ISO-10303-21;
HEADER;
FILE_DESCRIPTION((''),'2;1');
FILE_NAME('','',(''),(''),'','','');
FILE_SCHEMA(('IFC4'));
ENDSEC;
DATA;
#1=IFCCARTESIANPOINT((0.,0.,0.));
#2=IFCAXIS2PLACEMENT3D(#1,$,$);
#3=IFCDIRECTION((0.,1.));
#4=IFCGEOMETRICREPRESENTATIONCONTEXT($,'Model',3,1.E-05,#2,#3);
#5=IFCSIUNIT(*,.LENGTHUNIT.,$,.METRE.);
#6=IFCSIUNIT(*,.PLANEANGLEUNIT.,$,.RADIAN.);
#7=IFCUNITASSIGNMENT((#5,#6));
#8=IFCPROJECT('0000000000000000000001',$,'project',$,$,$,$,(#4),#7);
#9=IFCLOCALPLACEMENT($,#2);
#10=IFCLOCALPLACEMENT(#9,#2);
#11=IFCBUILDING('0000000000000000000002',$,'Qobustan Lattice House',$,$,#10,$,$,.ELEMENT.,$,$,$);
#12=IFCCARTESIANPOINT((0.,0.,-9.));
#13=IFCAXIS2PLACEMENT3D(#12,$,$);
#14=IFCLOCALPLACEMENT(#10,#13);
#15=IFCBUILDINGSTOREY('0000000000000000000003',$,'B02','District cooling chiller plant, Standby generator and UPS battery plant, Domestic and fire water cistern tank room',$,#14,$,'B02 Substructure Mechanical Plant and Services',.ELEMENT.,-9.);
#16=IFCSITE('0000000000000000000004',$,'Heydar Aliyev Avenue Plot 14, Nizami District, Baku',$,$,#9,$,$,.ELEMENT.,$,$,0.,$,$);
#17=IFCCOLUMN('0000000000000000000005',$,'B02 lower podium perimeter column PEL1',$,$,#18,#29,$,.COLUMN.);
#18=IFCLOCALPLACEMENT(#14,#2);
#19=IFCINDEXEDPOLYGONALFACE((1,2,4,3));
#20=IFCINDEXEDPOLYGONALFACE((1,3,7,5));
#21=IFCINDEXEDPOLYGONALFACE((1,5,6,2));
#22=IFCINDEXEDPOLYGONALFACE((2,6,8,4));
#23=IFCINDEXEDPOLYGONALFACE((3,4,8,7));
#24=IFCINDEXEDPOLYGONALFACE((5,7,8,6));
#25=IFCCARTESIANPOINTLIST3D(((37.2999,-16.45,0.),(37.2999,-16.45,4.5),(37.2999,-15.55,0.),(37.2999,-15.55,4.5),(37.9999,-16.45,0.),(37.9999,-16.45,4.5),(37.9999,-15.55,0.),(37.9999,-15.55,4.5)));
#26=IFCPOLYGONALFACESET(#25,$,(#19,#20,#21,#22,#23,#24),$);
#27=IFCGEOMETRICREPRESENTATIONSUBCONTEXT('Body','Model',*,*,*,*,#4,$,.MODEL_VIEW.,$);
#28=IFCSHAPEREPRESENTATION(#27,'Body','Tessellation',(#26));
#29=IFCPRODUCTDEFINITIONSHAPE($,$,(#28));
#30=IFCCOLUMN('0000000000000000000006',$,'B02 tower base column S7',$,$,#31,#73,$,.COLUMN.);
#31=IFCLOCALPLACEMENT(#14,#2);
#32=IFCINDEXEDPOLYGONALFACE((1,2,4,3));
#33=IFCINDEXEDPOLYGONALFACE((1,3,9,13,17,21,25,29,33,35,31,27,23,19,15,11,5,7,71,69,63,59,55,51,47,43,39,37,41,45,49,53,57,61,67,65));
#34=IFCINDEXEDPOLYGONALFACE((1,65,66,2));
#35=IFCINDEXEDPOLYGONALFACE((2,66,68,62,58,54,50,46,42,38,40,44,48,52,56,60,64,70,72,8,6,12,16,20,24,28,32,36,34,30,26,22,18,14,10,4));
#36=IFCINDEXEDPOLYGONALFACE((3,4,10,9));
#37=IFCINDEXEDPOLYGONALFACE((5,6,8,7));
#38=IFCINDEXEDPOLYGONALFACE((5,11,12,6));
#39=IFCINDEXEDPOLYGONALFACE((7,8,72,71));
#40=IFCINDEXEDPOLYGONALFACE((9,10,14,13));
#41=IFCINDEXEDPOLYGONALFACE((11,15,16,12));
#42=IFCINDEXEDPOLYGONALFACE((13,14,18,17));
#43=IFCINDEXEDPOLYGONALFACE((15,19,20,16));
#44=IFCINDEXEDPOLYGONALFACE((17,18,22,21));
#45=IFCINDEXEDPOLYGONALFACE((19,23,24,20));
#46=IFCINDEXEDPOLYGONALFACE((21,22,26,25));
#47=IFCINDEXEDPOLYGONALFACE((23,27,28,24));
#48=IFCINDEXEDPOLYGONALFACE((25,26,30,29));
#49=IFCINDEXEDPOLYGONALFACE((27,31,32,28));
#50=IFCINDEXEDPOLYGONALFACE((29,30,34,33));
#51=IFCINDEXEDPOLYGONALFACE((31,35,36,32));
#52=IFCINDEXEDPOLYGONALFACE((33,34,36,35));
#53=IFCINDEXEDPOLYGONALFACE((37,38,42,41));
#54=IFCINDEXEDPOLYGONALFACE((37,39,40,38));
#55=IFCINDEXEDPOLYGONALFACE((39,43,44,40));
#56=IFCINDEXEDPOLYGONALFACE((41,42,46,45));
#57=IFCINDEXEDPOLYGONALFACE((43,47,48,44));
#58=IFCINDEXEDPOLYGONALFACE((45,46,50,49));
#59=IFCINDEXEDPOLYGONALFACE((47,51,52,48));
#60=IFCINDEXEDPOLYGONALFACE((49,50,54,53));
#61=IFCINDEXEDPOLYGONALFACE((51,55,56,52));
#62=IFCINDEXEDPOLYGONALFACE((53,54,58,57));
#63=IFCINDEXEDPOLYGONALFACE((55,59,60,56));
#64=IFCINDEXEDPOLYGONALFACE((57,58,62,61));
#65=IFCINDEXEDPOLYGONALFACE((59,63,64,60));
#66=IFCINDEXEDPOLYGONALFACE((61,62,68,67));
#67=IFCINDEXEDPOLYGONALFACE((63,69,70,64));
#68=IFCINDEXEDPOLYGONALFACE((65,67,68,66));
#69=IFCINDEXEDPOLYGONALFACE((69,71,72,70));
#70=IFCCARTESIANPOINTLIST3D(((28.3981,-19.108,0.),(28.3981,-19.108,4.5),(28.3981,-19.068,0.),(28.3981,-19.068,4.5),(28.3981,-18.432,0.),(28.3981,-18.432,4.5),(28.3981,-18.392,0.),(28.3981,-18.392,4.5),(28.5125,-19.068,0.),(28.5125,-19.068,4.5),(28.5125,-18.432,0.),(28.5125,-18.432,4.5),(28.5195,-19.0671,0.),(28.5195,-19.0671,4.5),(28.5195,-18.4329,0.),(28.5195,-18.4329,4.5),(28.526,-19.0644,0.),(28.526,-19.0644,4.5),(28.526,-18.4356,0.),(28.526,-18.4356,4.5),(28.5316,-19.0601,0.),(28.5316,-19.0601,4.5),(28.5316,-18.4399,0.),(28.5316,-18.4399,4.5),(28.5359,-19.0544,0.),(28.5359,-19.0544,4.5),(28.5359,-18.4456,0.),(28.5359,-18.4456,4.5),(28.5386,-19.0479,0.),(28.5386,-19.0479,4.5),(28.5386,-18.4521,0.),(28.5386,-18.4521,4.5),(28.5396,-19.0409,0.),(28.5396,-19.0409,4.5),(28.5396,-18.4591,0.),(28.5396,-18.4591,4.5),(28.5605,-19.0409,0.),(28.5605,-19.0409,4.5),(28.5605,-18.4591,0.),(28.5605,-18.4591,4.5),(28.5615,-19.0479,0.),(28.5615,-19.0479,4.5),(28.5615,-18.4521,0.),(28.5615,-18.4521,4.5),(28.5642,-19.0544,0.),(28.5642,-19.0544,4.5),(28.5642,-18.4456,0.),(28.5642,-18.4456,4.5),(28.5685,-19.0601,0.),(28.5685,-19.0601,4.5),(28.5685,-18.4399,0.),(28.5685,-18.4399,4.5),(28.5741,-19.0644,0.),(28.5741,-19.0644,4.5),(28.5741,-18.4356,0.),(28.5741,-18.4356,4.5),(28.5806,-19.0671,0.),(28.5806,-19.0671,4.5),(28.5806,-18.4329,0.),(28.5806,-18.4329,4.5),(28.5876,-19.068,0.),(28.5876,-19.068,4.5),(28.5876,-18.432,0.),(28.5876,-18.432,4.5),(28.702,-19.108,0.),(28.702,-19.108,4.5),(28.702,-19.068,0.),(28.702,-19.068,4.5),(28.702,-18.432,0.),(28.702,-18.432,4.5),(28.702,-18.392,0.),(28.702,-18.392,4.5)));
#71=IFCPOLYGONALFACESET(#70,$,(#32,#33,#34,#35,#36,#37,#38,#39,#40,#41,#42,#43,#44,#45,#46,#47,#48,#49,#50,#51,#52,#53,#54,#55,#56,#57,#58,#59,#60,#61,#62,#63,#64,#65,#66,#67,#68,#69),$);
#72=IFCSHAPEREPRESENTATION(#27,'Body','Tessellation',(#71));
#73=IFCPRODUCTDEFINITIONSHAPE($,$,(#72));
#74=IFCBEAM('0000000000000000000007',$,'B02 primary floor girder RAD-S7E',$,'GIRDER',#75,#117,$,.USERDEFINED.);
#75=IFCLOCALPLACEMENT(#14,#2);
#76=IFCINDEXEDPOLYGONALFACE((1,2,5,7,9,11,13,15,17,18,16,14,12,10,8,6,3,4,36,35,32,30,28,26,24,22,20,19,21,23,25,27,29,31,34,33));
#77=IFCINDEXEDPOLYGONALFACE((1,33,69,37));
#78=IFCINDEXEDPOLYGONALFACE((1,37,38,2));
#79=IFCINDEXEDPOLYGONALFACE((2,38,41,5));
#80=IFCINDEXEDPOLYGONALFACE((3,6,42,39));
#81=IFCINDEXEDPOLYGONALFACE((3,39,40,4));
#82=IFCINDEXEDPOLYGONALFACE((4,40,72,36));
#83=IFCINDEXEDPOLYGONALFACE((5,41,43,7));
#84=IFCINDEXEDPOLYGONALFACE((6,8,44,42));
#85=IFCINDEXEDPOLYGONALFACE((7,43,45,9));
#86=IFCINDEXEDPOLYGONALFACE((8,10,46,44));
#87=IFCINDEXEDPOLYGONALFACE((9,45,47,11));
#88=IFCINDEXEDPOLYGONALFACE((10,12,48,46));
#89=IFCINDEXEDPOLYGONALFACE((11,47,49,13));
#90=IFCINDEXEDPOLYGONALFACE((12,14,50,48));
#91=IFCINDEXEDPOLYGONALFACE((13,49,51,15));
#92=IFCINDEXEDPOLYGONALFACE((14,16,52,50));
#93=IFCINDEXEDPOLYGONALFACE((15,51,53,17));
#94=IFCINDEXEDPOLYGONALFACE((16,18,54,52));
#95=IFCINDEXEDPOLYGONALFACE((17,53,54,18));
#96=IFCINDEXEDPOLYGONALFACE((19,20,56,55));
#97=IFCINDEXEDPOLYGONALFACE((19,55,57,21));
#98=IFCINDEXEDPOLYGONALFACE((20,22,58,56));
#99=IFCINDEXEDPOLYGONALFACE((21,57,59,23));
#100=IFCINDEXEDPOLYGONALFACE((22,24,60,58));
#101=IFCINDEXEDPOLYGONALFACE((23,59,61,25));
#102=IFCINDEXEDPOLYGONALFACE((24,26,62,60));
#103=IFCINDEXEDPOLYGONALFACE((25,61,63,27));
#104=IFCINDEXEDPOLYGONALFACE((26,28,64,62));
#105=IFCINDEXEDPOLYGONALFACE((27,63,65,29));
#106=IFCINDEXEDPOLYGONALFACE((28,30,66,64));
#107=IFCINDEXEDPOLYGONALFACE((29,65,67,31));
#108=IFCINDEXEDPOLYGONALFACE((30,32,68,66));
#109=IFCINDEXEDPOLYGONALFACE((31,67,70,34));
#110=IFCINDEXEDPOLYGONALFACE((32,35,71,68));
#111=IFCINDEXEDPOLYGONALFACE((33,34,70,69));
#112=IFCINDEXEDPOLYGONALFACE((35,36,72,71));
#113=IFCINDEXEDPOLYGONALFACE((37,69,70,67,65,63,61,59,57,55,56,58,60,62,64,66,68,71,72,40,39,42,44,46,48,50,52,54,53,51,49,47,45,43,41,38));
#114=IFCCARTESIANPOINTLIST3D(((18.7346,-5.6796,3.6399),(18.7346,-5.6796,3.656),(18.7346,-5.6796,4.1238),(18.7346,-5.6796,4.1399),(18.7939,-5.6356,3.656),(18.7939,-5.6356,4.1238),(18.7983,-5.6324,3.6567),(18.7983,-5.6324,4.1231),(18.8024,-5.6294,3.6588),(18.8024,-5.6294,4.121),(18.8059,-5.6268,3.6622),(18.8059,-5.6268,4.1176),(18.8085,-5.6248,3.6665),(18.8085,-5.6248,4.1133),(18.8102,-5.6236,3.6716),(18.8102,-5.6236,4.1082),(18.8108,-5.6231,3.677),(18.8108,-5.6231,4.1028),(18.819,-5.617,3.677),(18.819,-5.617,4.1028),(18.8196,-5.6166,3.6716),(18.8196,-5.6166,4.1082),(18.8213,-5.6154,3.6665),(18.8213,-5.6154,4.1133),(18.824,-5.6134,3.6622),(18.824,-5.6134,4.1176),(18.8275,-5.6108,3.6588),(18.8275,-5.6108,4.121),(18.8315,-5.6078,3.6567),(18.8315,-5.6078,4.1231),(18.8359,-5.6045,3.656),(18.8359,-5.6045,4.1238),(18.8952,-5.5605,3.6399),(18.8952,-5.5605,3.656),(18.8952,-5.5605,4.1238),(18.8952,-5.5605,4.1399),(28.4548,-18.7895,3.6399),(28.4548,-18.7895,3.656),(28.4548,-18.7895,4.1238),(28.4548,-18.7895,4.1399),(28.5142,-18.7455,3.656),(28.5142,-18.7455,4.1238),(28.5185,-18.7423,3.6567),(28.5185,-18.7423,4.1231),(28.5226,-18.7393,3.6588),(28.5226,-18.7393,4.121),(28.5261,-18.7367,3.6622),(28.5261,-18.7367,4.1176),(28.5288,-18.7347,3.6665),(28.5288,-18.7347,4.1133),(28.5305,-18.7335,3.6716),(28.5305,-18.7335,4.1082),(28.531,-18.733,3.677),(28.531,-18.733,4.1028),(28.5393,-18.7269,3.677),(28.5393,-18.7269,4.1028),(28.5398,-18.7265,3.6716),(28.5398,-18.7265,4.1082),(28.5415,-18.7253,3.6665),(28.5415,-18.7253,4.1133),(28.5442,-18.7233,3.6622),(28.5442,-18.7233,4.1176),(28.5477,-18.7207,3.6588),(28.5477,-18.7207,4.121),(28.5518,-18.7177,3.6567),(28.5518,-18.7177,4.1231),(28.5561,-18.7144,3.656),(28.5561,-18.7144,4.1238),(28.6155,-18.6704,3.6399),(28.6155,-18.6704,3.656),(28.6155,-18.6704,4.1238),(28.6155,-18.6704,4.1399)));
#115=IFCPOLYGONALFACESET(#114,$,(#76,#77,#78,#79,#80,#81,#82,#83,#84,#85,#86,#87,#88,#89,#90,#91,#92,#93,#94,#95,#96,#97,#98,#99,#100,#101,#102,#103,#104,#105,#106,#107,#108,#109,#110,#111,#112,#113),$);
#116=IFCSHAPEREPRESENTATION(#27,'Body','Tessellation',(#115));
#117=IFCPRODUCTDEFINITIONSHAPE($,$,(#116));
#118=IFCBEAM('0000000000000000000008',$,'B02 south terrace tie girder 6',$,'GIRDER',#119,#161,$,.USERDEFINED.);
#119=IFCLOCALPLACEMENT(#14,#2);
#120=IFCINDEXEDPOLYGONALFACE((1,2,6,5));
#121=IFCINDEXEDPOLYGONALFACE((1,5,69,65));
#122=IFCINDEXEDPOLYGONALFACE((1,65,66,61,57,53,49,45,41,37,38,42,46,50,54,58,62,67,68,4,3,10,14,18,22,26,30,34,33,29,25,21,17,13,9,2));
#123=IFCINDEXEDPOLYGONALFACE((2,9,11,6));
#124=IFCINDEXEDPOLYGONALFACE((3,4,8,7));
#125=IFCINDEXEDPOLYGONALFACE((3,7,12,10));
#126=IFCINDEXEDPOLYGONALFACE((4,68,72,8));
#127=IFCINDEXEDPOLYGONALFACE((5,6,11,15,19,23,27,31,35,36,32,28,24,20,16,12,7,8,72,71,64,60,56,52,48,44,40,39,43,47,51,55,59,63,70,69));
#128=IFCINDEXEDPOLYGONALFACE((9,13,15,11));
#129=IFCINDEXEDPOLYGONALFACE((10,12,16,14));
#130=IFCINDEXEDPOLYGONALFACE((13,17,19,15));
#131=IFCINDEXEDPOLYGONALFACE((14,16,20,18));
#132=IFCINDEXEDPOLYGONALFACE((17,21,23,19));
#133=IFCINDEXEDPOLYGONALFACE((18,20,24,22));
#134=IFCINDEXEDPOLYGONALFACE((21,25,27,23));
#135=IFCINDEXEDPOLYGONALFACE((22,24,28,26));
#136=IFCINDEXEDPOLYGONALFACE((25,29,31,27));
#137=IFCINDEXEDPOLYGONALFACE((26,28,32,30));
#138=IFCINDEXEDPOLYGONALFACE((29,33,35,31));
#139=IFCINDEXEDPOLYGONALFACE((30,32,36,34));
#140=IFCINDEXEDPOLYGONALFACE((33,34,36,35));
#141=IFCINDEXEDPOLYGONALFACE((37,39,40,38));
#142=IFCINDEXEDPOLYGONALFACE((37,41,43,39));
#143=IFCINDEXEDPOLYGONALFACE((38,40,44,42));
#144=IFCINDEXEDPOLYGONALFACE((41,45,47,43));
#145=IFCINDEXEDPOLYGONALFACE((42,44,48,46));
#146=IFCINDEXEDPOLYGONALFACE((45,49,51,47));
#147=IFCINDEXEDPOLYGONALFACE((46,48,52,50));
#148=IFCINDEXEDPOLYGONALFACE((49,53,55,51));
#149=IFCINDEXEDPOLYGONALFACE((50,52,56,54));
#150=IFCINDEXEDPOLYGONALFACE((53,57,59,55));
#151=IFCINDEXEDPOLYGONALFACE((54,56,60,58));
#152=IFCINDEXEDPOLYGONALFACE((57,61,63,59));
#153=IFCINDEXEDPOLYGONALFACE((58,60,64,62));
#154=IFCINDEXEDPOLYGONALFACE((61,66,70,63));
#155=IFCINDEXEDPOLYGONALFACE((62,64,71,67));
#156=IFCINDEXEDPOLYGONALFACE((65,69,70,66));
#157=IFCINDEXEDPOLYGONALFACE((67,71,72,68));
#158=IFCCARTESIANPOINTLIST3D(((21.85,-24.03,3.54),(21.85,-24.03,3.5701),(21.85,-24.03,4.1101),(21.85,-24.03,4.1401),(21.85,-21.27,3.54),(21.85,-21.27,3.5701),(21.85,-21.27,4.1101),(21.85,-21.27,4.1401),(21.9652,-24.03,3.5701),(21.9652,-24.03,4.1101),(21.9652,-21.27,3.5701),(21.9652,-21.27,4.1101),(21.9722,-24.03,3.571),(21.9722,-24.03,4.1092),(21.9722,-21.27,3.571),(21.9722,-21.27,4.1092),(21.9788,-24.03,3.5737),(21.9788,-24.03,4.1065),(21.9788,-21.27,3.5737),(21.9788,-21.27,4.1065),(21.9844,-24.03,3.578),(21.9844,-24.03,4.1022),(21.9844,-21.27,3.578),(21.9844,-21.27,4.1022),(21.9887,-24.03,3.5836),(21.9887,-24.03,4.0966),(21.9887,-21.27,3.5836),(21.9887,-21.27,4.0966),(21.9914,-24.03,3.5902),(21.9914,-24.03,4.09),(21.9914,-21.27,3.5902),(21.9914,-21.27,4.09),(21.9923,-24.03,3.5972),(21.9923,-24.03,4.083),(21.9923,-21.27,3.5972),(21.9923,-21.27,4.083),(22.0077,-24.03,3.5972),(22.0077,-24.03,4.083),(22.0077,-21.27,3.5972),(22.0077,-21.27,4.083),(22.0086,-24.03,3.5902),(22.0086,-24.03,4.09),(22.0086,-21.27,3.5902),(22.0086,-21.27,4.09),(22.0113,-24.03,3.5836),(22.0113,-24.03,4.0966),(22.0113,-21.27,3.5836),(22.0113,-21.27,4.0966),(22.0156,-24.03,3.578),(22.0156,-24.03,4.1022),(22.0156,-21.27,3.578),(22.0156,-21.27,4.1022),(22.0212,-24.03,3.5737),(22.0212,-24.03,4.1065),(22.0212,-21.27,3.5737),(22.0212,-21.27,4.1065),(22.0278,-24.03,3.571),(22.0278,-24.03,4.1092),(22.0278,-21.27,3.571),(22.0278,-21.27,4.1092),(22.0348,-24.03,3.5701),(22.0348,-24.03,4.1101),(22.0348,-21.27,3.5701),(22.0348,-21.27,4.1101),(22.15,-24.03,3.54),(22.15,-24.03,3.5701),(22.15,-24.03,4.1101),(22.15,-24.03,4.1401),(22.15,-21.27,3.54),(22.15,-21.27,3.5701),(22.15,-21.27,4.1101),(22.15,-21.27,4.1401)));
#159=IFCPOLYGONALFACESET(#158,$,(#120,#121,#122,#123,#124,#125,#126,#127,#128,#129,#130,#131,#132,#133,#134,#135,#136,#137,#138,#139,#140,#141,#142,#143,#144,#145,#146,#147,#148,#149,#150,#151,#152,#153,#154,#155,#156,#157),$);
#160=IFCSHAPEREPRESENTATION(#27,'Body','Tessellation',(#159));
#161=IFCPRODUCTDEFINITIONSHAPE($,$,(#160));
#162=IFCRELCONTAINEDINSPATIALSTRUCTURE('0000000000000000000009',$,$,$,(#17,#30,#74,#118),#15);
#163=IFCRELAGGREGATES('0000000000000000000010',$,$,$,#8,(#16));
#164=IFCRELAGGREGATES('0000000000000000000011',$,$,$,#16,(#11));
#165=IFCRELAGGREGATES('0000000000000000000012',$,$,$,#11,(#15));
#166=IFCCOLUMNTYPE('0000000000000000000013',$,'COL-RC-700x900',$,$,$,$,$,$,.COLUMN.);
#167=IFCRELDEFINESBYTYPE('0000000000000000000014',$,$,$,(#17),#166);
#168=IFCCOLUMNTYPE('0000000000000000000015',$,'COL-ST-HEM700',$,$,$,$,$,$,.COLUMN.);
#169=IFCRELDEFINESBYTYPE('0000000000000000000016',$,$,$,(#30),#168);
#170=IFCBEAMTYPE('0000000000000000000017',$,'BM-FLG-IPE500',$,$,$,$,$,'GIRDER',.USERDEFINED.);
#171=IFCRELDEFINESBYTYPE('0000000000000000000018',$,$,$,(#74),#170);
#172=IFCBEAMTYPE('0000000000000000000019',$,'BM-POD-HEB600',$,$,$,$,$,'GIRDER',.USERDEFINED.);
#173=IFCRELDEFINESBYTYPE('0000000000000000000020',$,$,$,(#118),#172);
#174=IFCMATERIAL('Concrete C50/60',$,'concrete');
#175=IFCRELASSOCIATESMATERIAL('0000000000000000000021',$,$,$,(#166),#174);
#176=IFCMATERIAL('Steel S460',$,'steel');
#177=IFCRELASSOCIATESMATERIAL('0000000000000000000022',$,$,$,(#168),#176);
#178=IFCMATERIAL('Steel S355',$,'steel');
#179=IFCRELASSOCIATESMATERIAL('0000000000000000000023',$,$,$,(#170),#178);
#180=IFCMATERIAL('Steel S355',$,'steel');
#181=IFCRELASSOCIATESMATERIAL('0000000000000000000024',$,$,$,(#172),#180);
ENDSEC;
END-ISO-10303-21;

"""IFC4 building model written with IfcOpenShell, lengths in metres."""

from ifc_helpers import new_model, si_unit, direction, frame, origin, origin_2d, place, context, subcontext, project, spatial, rectangle, i_section, extrude, material, material_profile, profile_set, type_object, element, save


model = new_model("IFC4")

# Units and contexts
model_context = context("Model", 3, precision=1e-05, world=origin(), true_north=direction((0.0, 1.0)))
body_context = subcontext(model_context, "Body", "Model", "MODEL_VIEW")
ifc_project = project(units=[si_unit("LENGTHUNIT", "METRE"), si_unit("PLANEANGLEUNIT", "RADIAN")], contexts=[model_context])

# Site, building, storey
site_placement = place(None, origin())
site = spatial("IfcSite", under=ifc_project, at=site_placement, Name="Heydar Aliyev Avenue Plot 14, Nizami District, Baku", CompositionType="ELEMENT", RefElevation=0.0)
building_placement = place(site_placement, origin())
building = spatial("IfcBuilding", under=site, at=building_placement, Name="Qobustan Lattice House", CompositionType="ELEMENT")
storey_placement = place(building_placement, frame((0.0, 0.0, -9.0)))
storey = spatial("IfcBuildingStorey", under=building, at=storey_placement, Name="B02", Description="District cooling chiller plant, Standby generator and UPS battery plant, Domestic and fire water cistern tank room", LongName="B02 Substructure Mechanical Plant and Services", CompositionType="ELEMENT", Elevation=-9.0)

# Columns
ifc_material_1 = material(Name="Concrete C50/60", Category="concrete")
ifc_material_profile_1 = material_profile(ifc_material_1, rectangle(XDim=0.7, YDim=0.8999, at=origin_2d()), Name="RC700x900")
ifc_profile_set_1 = profile_set([ifc_material_profile_1], Name="Concrete C50/60")
column_type_1 = type_object("IfcColumnType", Name="COL-RC-700x900", PredefinedType="COLUMN", material=ifc_profile_set_1)
for number, where, z_axis, x_axis, name in (
    (1, (37.6499, -16.0, 0.0), (0.0, 0.0, 1.0), (1.0, 0.0, 0.0), "B02 lower podium perimeter column PEL1"),
):
    element("IfcColumn", number, at=place(storey_placement, frame(where, z_axis=z_axis, x_axis=x_axis)), inside=storey, type_object=column_type_1, Name=name, PredefinedType="COLUMN", context=body_context, shape_type="SweptSolid", body=[
        extrude(rectangle(XDim=0.7, YDim=0.8999, at=origin_2d()), origin(), (0.0, 0.0, 1.0), 4.5),
    ])
ifc_material_2 = material(Name="Steel S460", Category="steel")
ifc_material_profile_2 = material_profile(ifc_material_2, i_section(OverallWidth=0.304, OverallDepth=0.7161, WebThickness=0.021, FlangeThickness=0.04, FilletRadius=0.0271, at=origin_2d()), Name="HEM700")
ifc_profile_set_2 = profile_set([ifc_material_profile_2], Name="Steel S460")
column_type_2 = type_object("IfcColumnType", Name="COL-ST-HEM700", PredefinedType="COLUMN", material=ifc_profile_set_2)
column_1_placement = place(storey_placement, frame((28.55, -18.75, 0.0), z_axis=(0.0, 0.0, 1.0), x_axis=(1.0, 0.0, 0.0)))
element("IfcColumn", 2, at=column_1_placement, inside=storey, type_object=column_type_2, Name="B02 tower base column S7", PredefinedType="COLUMN", context=body_context, shape_type="SweptSolid", body=[
    extrude(i_section(OverallWidth=0.304, OverallDepth=0.7161, WebThickness=0.021, FlangeThickness=0.04, FilletRadius=0.0271, at=origin_2d()), origin(), (0.0, 0.0, 1.0), 4.5),
])

# Beams
ifc_material_3 = material(Name="Steel S355", Category="steel")
ifc_material_profile_3 = material_profile(ifc_material_3, i_section(OverallWidth=0.2, OverallDepth=0.5, WebThickness=0.0103, FlangeThickness=0.0161, FilletRadius=0.021, at=origin_2d()), Name="IPE500")
ifc_profile_set_3 = profile_set([ifc_material_profile_3], Name="Steel S355")
beam_type_1 = type_object("IfcBeamType", Name="BM-FLG-IPE500", ElementType="GIRDER", PredefinedType="USERDEFINED", material=ifc_profile_set_3)
beam_1_placement = place(storey_placement, frame((28.5352, -18.73, 3.8899), z_axis=(-0.595592, 0.803287, 0.0), x_axis=(-0.803287, -0.595592, 0.0)))
element("IfcBeam", 3, at=beam_1_placement, inside=storey, type_object=beam_type_1, Name="B02 primary floor girder RAD-S7E", ObjectType="GIRDER", PredefinedType="USERDEFINED", context=body_context, shape_type="SweptSolid", body=[
    extrude(i_section(OverallWidth=0.2, OverallDepth=0.5, WebThickness=0.0103, FlangeThickness=0.0161, FilletRadius=0.021, at=origin_2d()), origin(), (0.0, 0.0, 1.0), 16.3203),
])
ifc_material_4 = material(Name="Steel S355", Category="steel")
ifc_material_profile_4 = material_profile(ifc_material_4, i_section(OverallWidth=0.3, OverallDepth=0.6001, WebThickness=0.0154, FlangeThickness=0.03, FilletRadius=0.0271, at=origin_2d()), Name="HEB600")
ifc_profile_set_4 = profile_set([ifc_material_profile_4], Name="Steel S355")
beam_type_2 = type_object("IfcBeamType", Name="BM-POD-HEB600", ElementType="GIRDER", PredefinedType="USERDEFINED", material=ifc_profile_set_4)
for number, where, z_axis, x_axis, name in (
    (4, (22.0, -24.03, 3.8401), (0.0, 1.0, 0.0), (-1.0, 0.0, 0.0), "B02 south terrace tie girder 6"),
):
    element("IfcBeam", number, at=place(storey_placement, frame(where, z_axis=z_axis, x_axis=x_axis)), inside=storey, type_object=beam_type_2, Name=name, ObjectType="GIRDER", PredefinedType="USERDEFINED", context=body_context, shape_type="SweptSolid", body=[
        extrude(i_section(OverallWidth=0.3, OverallDepth=0.6001, WebThickness=0.0154, FlangeThickness=0.03, FilletRadius=0.0271, at=origin_2d()), origin(), (0.0, 0.0, 1.0), 2.76),
    ])

save(model, "model.ifc")
